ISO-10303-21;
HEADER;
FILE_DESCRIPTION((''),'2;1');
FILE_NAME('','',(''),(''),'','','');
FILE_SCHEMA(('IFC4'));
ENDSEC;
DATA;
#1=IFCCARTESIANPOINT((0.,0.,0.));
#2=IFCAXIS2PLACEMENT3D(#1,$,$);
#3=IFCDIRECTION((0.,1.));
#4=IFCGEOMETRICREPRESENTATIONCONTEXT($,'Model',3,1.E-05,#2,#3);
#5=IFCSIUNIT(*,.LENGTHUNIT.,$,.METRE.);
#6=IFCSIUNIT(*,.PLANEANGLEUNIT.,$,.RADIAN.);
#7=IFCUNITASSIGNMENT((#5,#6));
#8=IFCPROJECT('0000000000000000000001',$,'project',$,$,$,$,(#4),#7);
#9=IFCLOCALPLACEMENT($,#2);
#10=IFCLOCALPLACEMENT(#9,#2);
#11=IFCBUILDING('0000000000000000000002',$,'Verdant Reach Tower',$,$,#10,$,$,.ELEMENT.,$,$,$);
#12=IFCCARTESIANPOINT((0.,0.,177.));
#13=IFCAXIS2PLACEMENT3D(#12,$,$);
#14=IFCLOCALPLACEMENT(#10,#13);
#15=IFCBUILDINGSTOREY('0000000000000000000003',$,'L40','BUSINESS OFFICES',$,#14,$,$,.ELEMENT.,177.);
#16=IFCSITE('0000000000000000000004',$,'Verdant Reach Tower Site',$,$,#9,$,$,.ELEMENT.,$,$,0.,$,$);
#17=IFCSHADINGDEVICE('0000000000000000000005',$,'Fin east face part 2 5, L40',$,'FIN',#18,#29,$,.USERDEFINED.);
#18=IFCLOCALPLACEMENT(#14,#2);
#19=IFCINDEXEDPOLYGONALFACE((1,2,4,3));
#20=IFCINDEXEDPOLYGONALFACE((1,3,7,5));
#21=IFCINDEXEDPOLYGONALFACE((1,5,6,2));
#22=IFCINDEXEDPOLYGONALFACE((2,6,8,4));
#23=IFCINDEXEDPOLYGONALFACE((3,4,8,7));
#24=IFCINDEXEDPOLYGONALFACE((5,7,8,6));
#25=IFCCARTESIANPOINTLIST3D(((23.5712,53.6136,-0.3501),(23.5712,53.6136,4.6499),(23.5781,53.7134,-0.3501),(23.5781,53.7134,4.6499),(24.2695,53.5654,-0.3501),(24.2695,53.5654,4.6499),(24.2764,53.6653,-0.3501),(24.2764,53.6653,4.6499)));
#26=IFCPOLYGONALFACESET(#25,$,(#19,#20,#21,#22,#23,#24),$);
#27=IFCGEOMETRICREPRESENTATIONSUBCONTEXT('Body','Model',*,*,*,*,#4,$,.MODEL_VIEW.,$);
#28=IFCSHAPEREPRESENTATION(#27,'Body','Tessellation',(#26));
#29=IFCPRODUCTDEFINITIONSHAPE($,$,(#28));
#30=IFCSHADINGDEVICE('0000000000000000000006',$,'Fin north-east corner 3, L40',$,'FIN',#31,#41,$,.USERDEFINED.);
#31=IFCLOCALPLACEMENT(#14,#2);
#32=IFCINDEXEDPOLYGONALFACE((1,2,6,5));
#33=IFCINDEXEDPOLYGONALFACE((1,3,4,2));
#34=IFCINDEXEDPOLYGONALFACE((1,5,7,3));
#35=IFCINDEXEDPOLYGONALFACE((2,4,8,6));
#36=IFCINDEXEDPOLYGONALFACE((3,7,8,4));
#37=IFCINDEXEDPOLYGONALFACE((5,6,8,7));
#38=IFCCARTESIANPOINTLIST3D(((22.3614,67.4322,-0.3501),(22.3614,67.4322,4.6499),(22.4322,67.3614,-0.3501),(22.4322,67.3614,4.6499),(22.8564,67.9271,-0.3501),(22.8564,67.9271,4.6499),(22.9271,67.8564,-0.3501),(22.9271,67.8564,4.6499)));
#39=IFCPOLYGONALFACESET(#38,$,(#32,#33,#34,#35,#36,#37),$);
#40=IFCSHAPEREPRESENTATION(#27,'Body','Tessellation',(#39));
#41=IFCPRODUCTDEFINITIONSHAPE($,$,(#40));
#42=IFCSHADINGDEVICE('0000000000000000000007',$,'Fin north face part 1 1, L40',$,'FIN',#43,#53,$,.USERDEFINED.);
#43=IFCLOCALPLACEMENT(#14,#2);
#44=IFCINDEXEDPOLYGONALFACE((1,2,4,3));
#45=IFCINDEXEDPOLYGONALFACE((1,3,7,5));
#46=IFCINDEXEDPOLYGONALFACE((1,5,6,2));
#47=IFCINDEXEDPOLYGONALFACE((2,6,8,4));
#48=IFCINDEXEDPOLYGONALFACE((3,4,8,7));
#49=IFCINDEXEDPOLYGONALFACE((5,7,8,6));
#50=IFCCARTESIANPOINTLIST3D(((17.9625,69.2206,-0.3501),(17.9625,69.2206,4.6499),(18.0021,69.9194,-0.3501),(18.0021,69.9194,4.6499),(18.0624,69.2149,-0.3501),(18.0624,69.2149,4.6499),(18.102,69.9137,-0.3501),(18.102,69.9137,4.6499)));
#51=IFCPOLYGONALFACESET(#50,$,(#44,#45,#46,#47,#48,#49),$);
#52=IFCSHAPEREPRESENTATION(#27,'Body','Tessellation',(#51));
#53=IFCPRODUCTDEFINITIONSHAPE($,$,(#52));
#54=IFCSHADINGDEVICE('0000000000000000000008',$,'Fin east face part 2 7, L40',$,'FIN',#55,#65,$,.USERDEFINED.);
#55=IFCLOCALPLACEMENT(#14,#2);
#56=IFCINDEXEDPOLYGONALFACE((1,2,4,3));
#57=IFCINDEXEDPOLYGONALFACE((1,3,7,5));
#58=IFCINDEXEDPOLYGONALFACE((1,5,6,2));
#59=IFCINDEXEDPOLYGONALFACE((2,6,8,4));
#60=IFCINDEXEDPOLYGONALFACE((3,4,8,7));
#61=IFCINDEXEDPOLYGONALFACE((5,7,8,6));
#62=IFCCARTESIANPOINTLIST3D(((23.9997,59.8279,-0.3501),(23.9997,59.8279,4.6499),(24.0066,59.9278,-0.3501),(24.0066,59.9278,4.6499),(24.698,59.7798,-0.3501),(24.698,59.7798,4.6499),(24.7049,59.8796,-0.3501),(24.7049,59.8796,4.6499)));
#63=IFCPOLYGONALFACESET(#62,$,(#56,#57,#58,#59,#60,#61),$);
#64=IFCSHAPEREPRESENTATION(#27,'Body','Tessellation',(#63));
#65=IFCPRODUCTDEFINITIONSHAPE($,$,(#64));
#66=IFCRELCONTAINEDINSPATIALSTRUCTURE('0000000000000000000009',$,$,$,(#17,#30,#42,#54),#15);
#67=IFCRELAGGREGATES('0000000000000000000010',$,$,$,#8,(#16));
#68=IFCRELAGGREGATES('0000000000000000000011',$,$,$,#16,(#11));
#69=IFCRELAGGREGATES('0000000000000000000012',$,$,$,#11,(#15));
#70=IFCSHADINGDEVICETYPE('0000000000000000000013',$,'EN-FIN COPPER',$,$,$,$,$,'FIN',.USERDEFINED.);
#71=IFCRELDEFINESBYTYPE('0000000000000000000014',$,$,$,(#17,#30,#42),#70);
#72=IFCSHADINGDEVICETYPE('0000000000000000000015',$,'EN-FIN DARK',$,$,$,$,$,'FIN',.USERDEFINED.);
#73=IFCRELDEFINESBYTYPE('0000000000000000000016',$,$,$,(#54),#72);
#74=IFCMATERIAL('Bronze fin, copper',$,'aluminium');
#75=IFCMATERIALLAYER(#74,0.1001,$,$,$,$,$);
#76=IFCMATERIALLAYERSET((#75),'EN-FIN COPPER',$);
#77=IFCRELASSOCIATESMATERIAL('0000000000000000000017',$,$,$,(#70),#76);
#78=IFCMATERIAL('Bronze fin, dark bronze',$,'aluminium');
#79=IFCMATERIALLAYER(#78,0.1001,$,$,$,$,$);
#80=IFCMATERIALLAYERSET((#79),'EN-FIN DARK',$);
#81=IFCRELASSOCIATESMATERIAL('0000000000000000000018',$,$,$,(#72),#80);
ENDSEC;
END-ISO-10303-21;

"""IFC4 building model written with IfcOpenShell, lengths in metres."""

from ifc_helpers import new_model, si_unit, direction, frame, origin, origin_2d, place, context, subcontext, project, spatial, rectangle, extrude, material, layer, layer_set, type_object, element, save


model = new_model("IFC4")

# Units and contexts
model_context = context("Model", 3, precision=1e-05, world=origin(), true_north=direction((0.0, 1.0)))
body_context = subcontext(model_context, "Body", "Model", "MODEL_VIEW")
ifc_project = project(units=[si_unit("LENGTHUNIT", "METRE"), si_unit("PLANEANGLEUNIT", "RADIAN")], contexts=[model_context])

# Site, building, storey
site_placement = place(None, origin())
site = spatial("IfcSite", under=ifc_project, at=site_placement, Name="Verdant Reach Tower Site", CompositionType="ELEMENT", RefElevation=0.0)
building_placement = place(site_placement, origin())
building = spatial("IfcBuilding", under=site, at=building_placement, Name="Verdant Reach Tower", CompositionType="ELEMENT")
storey_placement = place(building_placement, frame((0.0, 0.0, 177.0)))
storey = spatial("IfcBuildingStorey", under=building, at=storey_placement, Name="L40", Description="BUSINESS OFFICES", CompositionType="ELEMENT", Elevation=177.0)

# Shading devices
ifc_material_1 = material(Name="Bronze fin, copper", Category="aluminium")
ifc_layer_1 = layer(ifc_material_1, 0.1001)
ifc_layer_set_1 = layer_set([ifc_layer_1], Name="EN-FIN COPPER")
shading_device_type_1 = type_object("IfcShadingDeviceType", Name="EN-FIN COPPER", ElementType="FIN", PredefinedType="USERDEFINED", material=ifc_layer_set_1)
for number, where, z_axis, x_axis, name in (
    (1, (23.9238, 53.6394, -0.3501), (0.0, 0.0, 1.0), (0.068802, 0.99763, 0.0), "Fin east face part 2 5, L40"),
    (2, (22.6443, 67.6443, -0.3501), (0.0, 0.0, 1.0), (-0.707107, 0.707107, 0.0), "Fin north-east corner 3, L40"),
    (3, (18.0322, 69.5671, -0.3501), (0.0, 0.0, 1.0), (-0.998399, 0.056569, 0.0), "Fin north face part 1 1, L40"),
):
    element("IfcShadingDevice", number, at=place(storey_placement, frame(where, z_axis=z_axis, x_axis=x_axis)), inside=storey, type_object=shading_device_type_1, Name=name, ObjectType="FIN", PredefinedType="USERDEFINED", context=body_context, shape_type="SweptSolid", body=[
        extrude(rectangle(XDim=0.1001, YDim=0.7, at=origin_2d()), origin(), (0.0, 0.0, 1.0), 5.0),
    ])
ifc_material_2 = material(Name="Bronze fin, dark bronze", Category="aluminium")
ifc_layer_2 = layer(ifc_material_2, 0.1001)
ifc_layer_set_2 = layer_set([ifc_layer_2], Name="EN-FIN DARK")
shading_device_type_2 = type_object("IfcShadingDeviceType", Name="EN-FIN DARK", ElementType="FIN", PredefinedType="USERDEFINED", material=ifc_layer_set_2)
shading_device_1_placement = place(storey_placement, frame((24.3523, 59.8538, -0.3501), z_axis=(0.0, 0.0, 1.0), x_axis=(0.068802, 0.99763, 0.0)))
element("IfcShadingDevice", 4, at=shading_device_1_placement, inside=storey, type_object=shading_device_type_2, Name="Fin east face part 2 7, L40", ObjectType="FIN", PredefinedType="USERDEFINED", context=body_context, shape_type="SweptSolid", body=[
    extrude(rectangle(XDim=0.1001, YDim=0.7, at=origin_2d()), origin(), (0.0, 0.0, 1.0), 5.0),
])

save(model, "model.ifc")
